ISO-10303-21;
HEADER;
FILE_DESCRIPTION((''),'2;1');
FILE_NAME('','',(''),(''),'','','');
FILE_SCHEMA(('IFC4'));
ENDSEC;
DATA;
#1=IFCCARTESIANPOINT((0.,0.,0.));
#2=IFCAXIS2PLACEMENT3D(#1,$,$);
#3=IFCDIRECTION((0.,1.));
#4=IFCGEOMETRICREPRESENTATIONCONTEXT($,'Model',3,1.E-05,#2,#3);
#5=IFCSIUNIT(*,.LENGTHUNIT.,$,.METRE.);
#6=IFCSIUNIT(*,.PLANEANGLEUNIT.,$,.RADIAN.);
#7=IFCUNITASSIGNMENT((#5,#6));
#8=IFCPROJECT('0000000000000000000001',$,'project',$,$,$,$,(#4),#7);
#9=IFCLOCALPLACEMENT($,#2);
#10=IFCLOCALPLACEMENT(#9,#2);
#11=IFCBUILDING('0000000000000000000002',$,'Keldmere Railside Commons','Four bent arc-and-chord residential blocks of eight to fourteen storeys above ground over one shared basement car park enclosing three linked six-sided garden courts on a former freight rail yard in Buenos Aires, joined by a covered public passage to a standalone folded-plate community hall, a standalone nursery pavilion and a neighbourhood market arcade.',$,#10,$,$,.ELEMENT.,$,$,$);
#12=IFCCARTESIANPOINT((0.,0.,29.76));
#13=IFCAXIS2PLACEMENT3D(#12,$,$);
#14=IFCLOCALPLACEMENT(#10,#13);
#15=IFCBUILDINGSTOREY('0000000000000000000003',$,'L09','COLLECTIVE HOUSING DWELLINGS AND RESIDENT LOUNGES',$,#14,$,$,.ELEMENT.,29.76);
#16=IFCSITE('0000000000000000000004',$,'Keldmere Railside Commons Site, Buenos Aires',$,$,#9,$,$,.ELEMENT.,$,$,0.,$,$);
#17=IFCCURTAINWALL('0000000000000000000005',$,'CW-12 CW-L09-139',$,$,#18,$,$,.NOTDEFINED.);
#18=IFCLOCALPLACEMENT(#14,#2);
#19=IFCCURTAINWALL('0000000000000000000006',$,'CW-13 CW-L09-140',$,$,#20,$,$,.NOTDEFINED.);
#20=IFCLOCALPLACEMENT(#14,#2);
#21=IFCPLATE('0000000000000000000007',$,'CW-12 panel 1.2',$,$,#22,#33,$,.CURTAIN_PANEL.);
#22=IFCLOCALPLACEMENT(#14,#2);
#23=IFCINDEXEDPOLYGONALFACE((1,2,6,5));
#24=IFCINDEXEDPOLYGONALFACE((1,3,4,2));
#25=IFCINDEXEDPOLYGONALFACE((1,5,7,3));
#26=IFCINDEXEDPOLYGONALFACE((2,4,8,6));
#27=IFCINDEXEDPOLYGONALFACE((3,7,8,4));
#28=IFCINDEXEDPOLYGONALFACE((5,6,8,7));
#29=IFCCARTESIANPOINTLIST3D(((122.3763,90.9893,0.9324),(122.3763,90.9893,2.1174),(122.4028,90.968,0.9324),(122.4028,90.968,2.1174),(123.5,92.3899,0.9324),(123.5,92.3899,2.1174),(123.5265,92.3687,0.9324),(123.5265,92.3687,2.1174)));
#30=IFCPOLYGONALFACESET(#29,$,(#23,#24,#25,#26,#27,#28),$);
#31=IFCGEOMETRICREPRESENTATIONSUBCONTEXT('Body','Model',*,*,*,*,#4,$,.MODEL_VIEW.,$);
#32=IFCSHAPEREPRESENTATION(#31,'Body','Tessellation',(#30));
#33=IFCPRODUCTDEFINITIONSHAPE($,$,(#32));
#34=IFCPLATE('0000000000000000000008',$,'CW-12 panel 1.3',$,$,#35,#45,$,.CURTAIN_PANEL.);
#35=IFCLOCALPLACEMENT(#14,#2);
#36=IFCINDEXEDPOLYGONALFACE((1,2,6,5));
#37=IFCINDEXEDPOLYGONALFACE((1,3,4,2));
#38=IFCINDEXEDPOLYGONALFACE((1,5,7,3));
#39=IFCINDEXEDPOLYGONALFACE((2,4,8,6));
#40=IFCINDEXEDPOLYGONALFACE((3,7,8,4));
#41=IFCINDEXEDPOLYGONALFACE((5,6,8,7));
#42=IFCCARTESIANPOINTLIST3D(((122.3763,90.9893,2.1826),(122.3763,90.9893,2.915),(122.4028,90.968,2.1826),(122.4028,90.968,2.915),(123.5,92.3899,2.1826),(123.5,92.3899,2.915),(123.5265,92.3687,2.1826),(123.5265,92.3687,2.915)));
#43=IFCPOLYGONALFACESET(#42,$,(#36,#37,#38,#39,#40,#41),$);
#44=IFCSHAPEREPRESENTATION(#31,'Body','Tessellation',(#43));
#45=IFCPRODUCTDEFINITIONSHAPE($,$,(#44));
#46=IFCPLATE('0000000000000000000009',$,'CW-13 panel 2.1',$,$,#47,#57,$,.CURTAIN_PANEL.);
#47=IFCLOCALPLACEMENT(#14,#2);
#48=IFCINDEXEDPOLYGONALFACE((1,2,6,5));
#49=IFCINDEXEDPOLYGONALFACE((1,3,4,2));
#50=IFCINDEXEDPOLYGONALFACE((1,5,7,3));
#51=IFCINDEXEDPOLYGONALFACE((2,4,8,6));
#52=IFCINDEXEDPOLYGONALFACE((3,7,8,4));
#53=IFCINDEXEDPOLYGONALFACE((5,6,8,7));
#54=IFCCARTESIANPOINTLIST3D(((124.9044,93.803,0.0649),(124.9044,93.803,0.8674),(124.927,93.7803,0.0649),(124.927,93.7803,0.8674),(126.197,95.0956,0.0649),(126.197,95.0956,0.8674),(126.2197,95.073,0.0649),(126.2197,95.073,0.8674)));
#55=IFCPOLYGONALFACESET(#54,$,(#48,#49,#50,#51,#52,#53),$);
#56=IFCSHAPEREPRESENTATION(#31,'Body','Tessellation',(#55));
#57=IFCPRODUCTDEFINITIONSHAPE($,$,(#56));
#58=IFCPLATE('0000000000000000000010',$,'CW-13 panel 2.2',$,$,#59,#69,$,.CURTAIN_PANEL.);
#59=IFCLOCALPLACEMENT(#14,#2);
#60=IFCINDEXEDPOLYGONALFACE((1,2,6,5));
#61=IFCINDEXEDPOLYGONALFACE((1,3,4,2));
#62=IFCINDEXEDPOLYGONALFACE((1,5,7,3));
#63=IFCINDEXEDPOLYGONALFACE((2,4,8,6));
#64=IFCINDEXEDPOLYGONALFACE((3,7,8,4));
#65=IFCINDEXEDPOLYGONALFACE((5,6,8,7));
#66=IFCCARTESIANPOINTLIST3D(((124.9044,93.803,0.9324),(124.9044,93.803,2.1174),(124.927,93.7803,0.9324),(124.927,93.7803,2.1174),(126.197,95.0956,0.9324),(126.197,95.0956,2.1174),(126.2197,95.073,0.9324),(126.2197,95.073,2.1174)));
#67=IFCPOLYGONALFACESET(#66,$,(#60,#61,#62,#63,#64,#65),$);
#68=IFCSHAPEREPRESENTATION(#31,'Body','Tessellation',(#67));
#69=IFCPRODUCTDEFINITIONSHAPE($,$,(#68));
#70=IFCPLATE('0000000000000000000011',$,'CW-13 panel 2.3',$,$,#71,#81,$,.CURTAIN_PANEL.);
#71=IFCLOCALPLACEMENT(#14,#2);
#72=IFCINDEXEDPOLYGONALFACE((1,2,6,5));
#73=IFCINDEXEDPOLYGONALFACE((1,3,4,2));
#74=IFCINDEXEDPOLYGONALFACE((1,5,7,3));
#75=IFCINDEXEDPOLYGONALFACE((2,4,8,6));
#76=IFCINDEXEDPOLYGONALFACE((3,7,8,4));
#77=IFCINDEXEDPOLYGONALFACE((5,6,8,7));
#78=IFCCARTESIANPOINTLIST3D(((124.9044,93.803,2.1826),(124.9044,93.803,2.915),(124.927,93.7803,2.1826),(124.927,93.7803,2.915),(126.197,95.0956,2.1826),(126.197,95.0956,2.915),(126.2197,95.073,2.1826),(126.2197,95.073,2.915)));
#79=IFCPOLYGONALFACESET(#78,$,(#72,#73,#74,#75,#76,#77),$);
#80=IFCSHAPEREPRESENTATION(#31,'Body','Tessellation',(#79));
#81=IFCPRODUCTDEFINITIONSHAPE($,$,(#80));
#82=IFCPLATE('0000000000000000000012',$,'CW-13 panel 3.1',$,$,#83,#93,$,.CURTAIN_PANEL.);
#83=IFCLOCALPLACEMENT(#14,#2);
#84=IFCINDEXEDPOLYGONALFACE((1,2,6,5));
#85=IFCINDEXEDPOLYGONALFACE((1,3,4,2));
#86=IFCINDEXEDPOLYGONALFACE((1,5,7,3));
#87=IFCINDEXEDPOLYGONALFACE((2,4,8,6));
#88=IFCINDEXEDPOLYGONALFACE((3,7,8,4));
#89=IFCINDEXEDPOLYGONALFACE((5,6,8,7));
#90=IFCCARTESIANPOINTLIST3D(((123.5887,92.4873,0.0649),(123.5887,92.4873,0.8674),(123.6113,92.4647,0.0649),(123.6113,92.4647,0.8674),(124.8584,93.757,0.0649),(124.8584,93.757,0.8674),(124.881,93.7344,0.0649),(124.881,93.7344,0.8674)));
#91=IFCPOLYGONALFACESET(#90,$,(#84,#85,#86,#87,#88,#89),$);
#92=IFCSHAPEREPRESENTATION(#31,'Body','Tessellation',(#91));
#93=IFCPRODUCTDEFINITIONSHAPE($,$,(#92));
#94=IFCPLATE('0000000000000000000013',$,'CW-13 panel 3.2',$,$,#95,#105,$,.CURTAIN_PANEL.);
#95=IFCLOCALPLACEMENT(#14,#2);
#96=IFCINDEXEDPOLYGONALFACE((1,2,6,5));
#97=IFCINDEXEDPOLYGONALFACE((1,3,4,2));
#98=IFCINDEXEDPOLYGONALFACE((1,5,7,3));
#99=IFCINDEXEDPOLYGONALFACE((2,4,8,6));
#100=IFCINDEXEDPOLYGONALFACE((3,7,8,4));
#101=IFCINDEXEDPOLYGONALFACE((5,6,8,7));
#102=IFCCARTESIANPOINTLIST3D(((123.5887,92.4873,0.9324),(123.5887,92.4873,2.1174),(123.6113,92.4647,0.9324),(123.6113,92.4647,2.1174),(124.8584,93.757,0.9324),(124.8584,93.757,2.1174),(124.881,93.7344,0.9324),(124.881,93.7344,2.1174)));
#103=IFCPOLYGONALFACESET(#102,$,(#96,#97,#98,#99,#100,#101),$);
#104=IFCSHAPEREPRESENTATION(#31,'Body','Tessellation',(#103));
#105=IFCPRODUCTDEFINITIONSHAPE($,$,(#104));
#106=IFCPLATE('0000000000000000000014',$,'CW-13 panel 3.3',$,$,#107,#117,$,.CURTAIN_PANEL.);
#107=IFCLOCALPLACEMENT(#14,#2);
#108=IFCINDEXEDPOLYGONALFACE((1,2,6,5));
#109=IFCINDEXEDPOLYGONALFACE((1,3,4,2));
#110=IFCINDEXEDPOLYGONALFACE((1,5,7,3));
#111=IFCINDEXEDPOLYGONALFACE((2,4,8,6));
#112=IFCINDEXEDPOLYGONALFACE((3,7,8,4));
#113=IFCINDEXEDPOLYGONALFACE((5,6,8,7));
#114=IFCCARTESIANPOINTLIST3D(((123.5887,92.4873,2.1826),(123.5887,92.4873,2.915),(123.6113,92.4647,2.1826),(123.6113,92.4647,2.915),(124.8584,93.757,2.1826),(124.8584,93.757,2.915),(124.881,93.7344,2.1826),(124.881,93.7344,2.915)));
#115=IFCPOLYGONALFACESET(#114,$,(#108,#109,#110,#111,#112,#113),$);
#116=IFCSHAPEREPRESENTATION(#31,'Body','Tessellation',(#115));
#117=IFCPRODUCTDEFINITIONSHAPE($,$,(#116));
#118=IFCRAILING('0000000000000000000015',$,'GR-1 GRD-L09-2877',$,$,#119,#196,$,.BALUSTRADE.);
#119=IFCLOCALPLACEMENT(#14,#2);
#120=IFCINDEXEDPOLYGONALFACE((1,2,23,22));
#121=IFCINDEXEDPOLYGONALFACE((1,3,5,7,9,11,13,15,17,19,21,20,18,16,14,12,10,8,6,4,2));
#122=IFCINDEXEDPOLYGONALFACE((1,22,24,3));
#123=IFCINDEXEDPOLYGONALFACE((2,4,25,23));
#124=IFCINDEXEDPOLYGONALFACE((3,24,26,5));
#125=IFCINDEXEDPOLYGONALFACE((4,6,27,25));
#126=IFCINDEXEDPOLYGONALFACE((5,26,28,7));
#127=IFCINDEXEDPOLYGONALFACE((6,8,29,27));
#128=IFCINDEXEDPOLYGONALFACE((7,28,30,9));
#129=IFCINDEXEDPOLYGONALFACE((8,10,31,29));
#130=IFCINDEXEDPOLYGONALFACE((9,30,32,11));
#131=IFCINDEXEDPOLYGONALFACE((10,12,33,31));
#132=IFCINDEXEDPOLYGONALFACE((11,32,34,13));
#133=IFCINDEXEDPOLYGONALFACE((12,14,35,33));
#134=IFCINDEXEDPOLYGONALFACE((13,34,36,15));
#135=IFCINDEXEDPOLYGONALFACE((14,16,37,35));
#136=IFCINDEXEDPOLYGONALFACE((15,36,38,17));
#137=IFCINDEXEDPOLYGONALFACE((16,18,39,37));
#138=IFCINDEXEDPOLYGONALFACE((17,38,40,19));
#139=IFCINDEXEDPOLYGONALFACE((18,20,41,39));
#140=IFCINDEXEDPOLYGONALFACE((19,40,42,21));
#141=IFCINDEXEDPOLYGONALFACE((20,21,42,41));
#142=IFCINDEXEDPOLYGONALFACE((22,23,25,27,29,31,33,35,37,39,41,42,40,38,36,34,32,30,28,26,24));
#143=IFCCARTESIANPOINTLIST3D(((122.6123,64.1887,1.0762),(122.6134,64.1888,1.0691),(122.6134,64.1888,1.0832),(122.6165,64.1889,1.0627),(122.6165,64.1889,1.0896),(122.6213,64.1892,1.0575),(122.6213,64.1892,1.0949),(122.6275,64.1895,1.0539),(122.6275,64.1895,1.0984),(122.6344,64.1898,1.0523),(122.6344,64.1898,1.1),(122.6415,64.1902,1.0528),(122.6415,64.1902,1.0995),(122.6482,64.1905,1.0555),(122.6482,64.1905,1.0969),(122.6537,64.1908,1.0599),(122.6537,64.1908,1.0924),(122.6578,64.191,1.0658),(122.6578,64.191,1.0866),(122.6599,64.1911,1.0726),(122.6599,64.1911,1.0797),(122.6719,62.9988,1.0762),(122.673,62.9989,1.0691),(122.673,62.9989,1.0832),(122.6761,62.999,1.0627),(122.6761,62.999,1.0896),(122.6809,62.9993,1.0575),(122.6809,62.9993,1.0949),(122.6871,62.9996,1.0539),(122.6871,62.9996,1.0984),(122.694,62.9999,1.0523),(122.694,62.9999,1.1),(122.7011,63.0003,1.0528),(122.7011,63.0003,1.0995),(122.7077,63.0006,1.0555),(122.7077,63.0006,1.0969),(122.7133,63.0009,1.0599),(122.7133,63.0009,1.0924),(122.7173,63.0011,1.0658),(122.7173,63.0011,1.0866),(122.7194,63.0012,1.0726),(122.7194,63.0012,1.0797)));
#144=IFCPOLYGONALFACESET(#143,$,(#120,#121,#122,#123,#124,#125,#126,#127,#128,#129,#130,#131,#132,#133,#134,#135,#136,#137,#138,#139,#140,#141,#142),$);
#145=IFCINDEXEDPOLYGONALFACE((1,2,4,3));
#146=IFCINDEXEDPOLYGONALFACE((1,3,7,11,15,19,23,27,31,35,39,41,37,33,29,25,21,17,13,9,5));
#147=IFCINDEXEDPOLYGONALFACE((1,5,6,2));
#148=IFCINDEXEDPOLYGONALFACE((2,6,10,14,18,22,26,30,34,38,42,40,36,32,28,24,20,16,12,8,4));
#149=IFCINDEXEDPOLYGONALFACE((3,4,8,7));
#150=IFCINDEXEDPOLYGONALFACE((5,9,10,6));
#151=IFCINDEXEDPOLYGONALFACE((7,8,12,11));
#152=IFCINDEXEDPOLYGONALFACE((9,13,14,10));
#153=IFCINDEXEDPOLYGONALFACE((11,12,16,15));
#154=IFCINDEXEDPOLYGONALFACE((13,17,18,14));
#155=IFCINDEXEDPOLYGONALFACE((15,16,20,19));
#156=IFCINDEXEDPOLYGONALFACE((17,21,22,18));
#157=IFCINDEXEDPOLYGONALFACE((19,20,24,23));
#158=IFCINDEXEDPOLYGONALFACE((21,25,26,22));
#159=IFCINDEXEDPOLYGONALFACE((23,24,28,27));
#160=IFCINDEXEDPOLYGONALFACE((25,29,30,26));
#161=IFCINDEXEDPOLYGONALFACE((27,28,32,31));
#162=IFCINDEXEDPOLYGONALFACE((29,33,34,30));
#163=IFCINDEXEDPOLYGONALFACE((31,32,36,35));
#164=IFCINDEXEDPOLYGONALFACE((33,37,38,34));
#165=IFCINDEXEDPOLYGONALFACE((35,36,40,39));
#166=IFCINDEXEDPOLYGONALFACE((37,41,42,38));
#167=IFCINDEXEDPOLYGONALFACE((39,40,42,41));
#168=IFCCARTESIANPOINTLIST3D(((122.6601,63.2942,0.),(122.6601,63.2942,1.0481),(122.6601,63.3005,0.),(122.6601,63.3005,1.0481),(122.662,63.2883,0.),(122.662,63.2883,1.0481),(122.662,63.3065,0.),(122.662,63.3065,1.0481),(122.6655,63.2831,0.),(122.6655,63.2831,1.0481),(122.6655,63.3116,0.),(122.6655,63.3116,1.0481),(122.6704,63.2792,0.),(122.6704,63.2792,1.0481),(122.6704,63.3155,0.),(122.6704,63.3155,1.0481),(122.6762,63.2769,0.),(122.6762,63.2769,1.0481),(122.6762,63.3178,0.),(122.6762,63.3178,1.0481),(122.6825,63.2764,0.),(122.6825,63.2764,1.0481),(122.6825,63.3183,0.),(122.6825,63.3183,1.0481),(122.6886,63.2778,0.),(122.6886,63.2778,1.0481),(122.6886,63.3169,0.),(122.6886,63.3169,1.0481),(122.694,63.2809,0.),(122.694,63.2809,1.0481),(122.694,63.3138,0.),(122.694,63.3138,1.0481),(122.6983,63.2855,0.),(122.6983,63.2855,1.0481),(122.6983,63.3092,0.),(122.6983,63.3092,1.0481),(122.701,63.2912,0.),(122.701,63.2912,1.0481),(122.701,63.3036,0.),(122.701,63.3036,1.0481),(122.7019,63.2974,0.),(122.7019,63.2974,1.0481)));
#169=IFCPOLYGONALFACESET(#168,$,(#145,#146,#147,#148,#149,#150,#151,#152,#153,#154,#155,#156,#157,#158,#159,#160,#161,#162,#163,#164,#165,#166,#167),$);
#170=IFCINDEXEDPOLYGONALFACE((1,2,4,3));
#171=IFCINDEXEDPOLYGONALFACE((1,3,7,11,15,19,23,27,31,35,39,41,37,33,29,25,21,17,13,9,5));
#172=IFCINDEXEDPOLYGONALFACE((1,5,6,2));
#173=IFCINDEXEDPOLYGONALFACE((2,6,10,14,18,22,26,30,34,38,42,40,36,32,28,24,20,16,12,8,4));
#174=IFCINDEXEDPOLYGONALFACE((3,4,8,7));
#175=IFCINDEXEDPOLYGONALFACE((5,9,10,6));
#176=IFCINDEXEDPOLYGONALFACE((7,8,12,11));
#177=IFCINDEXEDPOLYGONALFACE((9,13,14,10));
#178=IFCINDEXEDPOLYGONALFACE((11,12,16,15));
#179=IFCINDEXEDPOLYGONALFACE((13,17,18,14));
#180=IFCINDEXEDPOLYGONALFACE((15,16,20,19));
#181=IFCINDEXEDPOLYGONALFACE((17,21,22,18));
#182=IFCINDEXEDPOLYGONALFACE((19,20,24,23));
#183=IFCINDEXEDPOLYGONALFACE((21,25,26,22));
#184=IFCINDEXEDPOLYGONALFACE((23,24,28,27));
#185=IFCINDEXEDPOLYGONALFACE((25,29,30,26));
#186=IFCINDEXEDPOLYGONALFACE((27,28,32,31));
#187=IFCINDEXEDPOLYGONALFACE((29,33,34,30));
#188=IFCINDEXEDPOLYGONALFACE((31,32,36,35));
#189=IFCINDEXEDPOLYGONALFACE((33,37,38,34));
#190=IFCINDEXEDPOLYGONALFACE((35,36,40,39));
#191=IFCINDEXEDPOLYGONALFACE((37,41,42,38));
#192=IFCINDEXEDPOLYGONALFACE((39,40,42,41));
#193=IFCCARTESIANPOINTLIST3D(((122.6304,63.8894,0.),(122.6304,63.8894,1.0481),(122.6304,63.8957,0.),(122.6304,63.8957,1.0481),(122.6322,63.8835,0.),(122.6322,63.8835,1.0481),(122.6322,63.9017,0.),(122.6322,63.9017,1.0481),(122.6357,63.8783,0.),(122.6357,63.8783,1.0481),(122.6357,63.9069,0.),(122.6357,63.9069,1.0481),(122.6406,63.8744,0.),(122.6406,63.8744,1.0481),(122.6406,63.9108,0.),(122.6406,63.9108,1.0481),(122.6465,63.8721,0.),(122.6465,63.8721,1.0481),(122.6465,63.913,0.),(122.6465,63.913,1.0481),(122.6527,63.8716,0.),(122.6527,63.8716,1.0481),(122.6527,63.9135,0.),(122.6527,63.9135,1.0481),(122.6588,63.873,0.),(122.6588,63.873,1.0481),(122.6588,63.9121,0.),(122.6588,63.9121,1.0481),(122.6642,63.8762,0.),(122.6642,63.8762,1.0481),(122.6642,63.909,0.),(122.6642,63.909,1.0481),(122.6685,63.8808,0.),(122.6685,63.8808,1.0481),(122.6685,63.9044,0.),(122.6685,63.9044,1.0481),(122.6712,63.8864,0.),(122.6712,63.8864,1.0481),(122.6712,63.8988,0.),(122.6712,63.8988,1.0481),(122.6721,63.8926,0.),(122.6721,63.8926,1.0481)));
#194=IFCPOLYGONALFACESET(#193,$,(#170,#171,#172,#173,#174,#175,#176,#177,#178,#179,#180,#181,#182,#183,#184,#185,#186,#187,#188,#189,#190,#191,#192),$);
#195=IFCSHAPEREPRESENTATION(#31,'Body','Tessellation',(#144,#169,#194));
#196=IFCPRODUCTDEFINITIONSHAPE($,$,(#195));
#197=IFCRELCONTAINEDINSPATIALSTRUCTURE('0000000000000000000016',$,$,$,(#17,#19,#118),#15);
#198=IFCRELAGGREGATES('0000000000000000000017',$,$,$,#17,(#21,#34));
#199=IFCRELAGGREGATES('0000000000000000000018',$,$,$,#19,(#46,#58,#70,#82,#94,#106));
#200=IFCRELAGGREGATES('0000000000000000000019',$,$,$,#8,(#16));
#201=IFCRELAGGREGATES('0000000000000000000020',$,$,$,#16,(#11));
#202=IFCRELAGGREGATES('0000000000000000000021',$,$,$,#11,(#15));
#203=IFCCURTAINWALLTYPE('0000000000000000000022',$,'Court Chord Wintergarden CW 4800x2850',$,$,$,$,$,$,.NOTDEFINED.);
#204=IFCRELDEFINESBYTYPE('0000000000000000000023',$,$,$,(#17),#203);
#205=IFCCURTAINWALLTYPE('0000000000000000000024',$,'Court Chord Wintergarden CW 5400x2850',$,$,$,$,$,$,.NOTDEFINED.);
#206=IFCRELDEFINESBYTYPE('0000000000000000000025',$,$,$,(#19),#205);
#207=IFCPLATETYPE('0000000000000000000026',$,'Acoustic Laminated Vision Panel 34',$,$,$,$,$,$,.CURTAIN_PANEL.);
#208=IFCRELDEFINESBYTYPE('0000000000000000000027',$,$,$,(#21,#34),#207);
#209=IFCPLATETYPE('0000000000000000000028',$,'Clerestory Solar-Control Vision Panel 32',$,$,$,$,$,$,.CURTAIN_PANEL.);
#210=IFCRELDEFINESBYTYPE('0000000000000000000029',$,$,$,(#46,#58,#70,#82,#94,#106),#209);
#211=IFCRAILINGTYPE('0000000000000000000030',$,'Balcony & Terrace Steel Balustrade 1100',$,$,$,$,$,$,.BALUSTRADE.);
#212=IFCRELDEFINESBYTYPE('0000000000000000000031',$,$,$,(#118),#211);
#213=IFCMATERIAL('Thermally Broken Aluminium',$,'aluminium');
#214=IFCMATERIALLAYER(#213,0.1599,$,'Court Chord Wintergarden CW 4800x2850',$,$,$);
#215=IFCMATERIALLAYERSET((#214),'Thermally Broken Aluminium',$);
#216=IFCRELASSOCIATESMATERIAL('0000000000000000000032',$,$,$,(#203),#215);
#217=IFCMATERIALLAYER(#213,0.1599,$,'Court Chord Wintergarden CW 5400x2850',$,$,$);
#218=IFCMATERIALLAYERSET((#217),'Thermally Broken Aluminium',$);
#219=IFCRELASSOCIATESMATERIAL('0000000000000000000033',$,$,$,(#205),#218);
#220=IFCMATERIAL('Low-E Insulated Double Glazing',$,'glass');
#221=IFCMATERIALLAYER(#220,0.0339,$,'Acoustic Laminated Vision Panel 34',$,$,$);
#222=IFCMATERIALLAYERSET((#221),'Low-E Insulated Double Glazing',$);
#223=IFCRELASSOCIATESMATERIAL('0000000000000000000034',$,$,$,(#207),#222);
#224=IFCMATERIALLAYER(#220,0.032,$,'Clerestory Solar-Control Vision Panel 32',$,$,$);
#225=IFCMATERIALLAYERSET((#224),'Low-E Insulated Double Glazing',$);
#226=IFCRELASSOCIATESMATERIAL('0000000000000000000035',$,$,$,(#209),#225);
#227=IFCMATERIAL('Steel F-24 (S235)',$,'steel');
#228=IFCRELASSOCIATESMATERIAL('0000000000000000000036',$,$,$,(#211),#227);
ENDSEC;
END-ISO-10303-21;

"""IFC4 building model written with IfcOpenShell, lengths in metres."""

from ifc_helpers import new_model, si_unit, direction, frame, origin, origin_2d, place, context, subcontext, project, spatial, rectangle, circle, extrude, material, layer, layer_set, type_object, element, aggregate, save


model = new_model("IFC4")

# Units and contexts
model_context = context("Model", 3, precision=1e-05, world=origin(), true_north=direction((0.0, 1.0)))
body_context = subcontext(model_context, "Body", "Model", "MODEL_VIEW")
ifc_project = project(units=[si_unit("LENGTHUNIT", "METRE"), si_unit("PLANEANGLEUNIT", "RADIAN")], contexts=[model_context])

# Site, building, storey
site_placement = place(None, origin())
site = spatial("IfcSite", under=ifc_project, at=site_placement, Name="Keldmere Railside Commons Site, Buenos Aires", CompositionType="ELEMENT", RefElevation=0.0)
building_placement = place(site_placement, origin())
building = spatial("IfcBuilding", under=site, at=building_placement, Name="Keldmere Railside Commons", Description="Four bent arc-and-chord residential blocks of eight to fourteen storeys above ground over one shared basement car park enclosing three linked six-sided garden courts on a former freight rail yard in Buenos Aires, joined by a covered public passage to a standalone folded-plate community hall, a standalone nursery pavilion and a neighbourhood market arcade.", CompositionType="ELEMENT")
storey_placement = place(building_placement, frame((0.0, 0.0, 29.76)))
storey = spatial("IfcBuildingStorey", under=building, at=storey_placement, Name="L09", Description="COLLECTIVE HOUSING DWELLINGS AND RESIDENT LOUNGES", CompositionType="ELEMENT", Elevation=29.76)

# Curtain walls
ifc_material_1 = material(Name="Thermally Broken Aluminium", Category="aluminium")
ifc_layer_1 = layer(ifc_material_1, 0.1599, Name="Court Chord Wintergarden CW 4800x2850")
ifc_layer_set_1 = layer_set([ifc_layer_1], Name="Thermally Broken Aluminium")
curtain_wall_type_1 = type_object("IfcCurtainWallType", Name="Court Chord Wintergarden CW 4800x2850", PredefinedType="NOTDEFINED", material=ifc_layer_set_1)
curtain_wall_1_placement = place(storey_placement, origin())
curtain_wall_1 = element("IfcCurtainWall", 1, at=curtain_wall_1_placement, inside=storey, type_object=curtain_wall_type_1, Name="CW-12 CW-L09-139", PredefinedType="NOTDEFINED")
ifc_layer_2 = layer(ifc_material_1, 0.1599, Name="Court Chord Wintergarden CW 5400x2850")
ifc_layer_set_2 = layer_set([ifc_layer_2], Name="Thermally Broken Aluminium")
curtain_wall_type_2 = type_object("IfcCurtainWallType", Name="Court Chord Wintergarden CW 5400x2850", PredefinedType="NOTDEFINED", material=ifc_layer_set_2)
curtain_wall_2_placement = place(storey_placement, origin())
curtain_wall_2 = element("IfcCurtainWall", 2, at=curtain_wall_2_placement, inside=storey, type_object=curtain_wall_type_2, Name="CW-13 CW-L09-140", PredefinedType="NOTDEFINED")

# Plates
ifc_material_2 = material(Name="Low-E Insulated Double Glazing", Category="glass")
ifc_layer_3 = layer(ifc_material_2, 0.0339, Name="Acoustic Laminated Vision Panel 34")
ifc_layer_set_3 = layer_set([ifc_layer_3], Name="Low-E Insulated Double Glazing")
plate_type_1 = type_object("IfcPlateType", Name="Acoustic Laminated Vision Panel 34", PredefinedType="CURTAIN_PANEL", material=ifc_layer_set_3)
plate_1_placement = place(storey_placement, frame((122.9514, 91.679, 0.9324), z_axis=(0.0, 0.0, 1.0), x_axis=(-0.625768, -0.780009, 0.0)))
plate_1 = element("IfcPlate", 3, at=plate_1_placement, type_object=plate_type_1, Name="CW-12 panel 1.2", PredefinedType="CURTAIN_PANEL", context=body_context, shape_type="SweptSolid", body=[
    extrude(rectangle(XDim=1.7957, YDim=0.0339, at=origin_2d()), origin(), (0.0, 0.0, 1.0), 1.1851),
])
plate_2_placement = place(storey_placement, frame((122.9514, 91.679, 2.1826), z_axis=(0.0, 0.0, 1.0), x_axis=(-0.625768, -0.780009, 0.0)))
plate_2 = element("IfcPlate", 4, at=plate_2_placement, type_object=plate_type_1, Name="CW-12 panel 1.3", PredefinedType="CURTAIN_PANEL", context=body_context, shape_type="SweptSolid", body=[
    extrude(rectangle(XDim=1.7957, YDim=0.0339, at=origin_2d()), origin(), (0.0, 0.0, 1.0), 0.7324),
])
aggregate(curtain_wall_1, [plate_1, plate_2])
ifc_layer_4 = layer(ifc_material_2, 0.032, Name="Clerestory Solar-Control Vision Panel 32")
ifc_layer_set_4 = layer_set([ifc_layer_4], Name="Low-E Insulated Double Glazing")
plate_type_2 = type_object("IfcPlateType", Name="Clerestory Solar-Control Vision Panel 32", PredefinedType="CURTAIN_PANEL", material=ifc_layer_set_4)
plate_3_placement = place(storey_placement, frame((125.562, 94.438, 0.0649), z_axis=(0.0, 0.0, 1.0), x_axis=(-0.707107, -0.707107, 0.0)))
plate_3 = element("IfcPlate", 5, at=plate_3_placement, type_object=plate_type_2, Name="CW-13 panel 2.1", PredefinedType="CURTAIN_PANEL", context=body_context, shape_type="SweptSolid", body=[
    extrude(rectangle(XDim=1.8281, YDim=0.032, at=origin_2d()), origin(), (0.0, 0.0, 1.0), 0.8025),
])
plate_4_placement = place(storey_placement, frame((125.562, 94.438, 0.9324), z_axis=(0.0, 0.0, 1.0), x_axis=(-0.707107, -0.707107, 0.0)))
plate_4 = element("IfcPlate", 6, at=plate_4_placement, type_object=plate_type_2, Name="CW-13 panel 2.2", PredefinedType="CURTAIN_PANEL", context=body_context, shape_type="SweptSolid", body=[
    extrude(rectangle(XDim=1.8281, YDim=0.032, at=origin_2d()), origin(), (0.0, 0.0, 1.0), 1.1851),
])
plate_5_placement = place(storey_placement, frame((125.562, 94.438, 2.1826), z_axis=(0.0, 0.0, 1.0), x_axis=(-0.707107, -0.707107, 0.0)))
plate_5 = element("IfcPlate", 7, at=plate_5_placement, type_object=plate_type_2, Name="CW-13 panel 2.3", PredefinedType="CURTAIN_PANEL", context=body_context, shape_type="SweptSolid", body=[
    extrude(rectangle(XDim=1.8281, YDim=0.032, at=origin_2d()), origin(), (0.0, 0.0, 1.0), 0.7324),
])
plate_6_placement = place(storey_placement, frame((124.2349, 93.1108, 0.0649), z_axis=(0.0, 0.0, 1.0), x_axis=(-0.707107, -0.707107, 0.0)))
plate_6 = element("IfcPlate", 8, at=plate_6_placement, type_object=plate_type_2, Name="CW-13 panel 3.1", PredefinedType="CURTAIN_PANEL", context=body_context, shape_type="SweptSolid", body=[
    extrude(rectangle(XDim=1.7957, YDim=0.032, at=origin_2d()), origin(), (0.0, 0.0, 1.0), 0.8025),
])
plate_7_placement = place(storey_placement, frame((124.2349, 93.1108, 0.9324), z_axis=(0.0, 0.0, 1.0), x_axis=(-0.707107, -0.707107, 0.0)))
plate_7 = element("IfcPlate", 9, at=plate_7_placement, type_object=plate_type_2, Name="CW-13 panel 3.2", PredefinedType="CURTAIN_PANEL", context=body_context, shape_type="SweptSolid", body=[
    extrude(rectangle(XDim=1.7957, YDim=0.032, at=origin_2d()), origin(), (0.0, 0.0, 1.0), 1.1851),
])
plate_8_placement = place(storey_placement, frame((124.2349, 93.1108, 2.1826), z_axis=(0.0, 0.0, 1.0), x_axis=(-0.707107, -0.707107, 0.0)))
plate_8 = element("IfcPlate", 10, at=plate_8_placement, type_object=plate_type_2, Name="CW-13 panel 3.3", PredefinedType="CURTAIN_PANEL", context=body_context, shape_type="SweptSolid", body=[
    extrude(rectangle(XDim=1.7957, YDim=0.032, at=origin_2d()), origin(), (0.0, 0.0, 1.0), 0.7324),
])
aggregate(curtain_wall_2, [plate_3, plate_4, plate_5, plate_6, plate_7, plate_8])

# Railing
ifc_material_3 = material(Name="Steel F-24 (S235)", Category="steel")
railing_type = type_object("IfcRailingType", Name="Balcony & Terrace Steel Balustrade 1100", PredefinedType="BALUSTRADE", material=ifc_material_3)
railing_1_placement = place(storey_placement, frame((122.6958, 63.0, 0.0)))
element("IfcRailing", 11, at=railing_1_placement, inside=storey, type_object=railing_type, Name="GR-1 GRD-L09-2877", PredefinedType="BALUSTRADE", context=body_context, shape_type="SweptSolid", body=[
    extrude(circle(Radius=0.0239, at=origin_2d()), frame((0.0, 0.0, 1.0762), z_axis=(-0.049999, 0.998749, 0.0), x_axis=(-0.998749, -0.049999, 0.0)), (0.0, 0.0, 1.0), 1.1914),
    extrude(circle(Radius=0.021, at=origin_2d()), frame((-0.0149, 0.2974, 0.0)), (0.0, 0.0, 1.0), 1.0481),
    extrude(circle(Radius=0.021, at=origin_2d()), frame((-0.0447, 0.8926, 0.0)), (0.0, 0.0, 1.0), 1.0481),
])

save(model, "model.ifc")
